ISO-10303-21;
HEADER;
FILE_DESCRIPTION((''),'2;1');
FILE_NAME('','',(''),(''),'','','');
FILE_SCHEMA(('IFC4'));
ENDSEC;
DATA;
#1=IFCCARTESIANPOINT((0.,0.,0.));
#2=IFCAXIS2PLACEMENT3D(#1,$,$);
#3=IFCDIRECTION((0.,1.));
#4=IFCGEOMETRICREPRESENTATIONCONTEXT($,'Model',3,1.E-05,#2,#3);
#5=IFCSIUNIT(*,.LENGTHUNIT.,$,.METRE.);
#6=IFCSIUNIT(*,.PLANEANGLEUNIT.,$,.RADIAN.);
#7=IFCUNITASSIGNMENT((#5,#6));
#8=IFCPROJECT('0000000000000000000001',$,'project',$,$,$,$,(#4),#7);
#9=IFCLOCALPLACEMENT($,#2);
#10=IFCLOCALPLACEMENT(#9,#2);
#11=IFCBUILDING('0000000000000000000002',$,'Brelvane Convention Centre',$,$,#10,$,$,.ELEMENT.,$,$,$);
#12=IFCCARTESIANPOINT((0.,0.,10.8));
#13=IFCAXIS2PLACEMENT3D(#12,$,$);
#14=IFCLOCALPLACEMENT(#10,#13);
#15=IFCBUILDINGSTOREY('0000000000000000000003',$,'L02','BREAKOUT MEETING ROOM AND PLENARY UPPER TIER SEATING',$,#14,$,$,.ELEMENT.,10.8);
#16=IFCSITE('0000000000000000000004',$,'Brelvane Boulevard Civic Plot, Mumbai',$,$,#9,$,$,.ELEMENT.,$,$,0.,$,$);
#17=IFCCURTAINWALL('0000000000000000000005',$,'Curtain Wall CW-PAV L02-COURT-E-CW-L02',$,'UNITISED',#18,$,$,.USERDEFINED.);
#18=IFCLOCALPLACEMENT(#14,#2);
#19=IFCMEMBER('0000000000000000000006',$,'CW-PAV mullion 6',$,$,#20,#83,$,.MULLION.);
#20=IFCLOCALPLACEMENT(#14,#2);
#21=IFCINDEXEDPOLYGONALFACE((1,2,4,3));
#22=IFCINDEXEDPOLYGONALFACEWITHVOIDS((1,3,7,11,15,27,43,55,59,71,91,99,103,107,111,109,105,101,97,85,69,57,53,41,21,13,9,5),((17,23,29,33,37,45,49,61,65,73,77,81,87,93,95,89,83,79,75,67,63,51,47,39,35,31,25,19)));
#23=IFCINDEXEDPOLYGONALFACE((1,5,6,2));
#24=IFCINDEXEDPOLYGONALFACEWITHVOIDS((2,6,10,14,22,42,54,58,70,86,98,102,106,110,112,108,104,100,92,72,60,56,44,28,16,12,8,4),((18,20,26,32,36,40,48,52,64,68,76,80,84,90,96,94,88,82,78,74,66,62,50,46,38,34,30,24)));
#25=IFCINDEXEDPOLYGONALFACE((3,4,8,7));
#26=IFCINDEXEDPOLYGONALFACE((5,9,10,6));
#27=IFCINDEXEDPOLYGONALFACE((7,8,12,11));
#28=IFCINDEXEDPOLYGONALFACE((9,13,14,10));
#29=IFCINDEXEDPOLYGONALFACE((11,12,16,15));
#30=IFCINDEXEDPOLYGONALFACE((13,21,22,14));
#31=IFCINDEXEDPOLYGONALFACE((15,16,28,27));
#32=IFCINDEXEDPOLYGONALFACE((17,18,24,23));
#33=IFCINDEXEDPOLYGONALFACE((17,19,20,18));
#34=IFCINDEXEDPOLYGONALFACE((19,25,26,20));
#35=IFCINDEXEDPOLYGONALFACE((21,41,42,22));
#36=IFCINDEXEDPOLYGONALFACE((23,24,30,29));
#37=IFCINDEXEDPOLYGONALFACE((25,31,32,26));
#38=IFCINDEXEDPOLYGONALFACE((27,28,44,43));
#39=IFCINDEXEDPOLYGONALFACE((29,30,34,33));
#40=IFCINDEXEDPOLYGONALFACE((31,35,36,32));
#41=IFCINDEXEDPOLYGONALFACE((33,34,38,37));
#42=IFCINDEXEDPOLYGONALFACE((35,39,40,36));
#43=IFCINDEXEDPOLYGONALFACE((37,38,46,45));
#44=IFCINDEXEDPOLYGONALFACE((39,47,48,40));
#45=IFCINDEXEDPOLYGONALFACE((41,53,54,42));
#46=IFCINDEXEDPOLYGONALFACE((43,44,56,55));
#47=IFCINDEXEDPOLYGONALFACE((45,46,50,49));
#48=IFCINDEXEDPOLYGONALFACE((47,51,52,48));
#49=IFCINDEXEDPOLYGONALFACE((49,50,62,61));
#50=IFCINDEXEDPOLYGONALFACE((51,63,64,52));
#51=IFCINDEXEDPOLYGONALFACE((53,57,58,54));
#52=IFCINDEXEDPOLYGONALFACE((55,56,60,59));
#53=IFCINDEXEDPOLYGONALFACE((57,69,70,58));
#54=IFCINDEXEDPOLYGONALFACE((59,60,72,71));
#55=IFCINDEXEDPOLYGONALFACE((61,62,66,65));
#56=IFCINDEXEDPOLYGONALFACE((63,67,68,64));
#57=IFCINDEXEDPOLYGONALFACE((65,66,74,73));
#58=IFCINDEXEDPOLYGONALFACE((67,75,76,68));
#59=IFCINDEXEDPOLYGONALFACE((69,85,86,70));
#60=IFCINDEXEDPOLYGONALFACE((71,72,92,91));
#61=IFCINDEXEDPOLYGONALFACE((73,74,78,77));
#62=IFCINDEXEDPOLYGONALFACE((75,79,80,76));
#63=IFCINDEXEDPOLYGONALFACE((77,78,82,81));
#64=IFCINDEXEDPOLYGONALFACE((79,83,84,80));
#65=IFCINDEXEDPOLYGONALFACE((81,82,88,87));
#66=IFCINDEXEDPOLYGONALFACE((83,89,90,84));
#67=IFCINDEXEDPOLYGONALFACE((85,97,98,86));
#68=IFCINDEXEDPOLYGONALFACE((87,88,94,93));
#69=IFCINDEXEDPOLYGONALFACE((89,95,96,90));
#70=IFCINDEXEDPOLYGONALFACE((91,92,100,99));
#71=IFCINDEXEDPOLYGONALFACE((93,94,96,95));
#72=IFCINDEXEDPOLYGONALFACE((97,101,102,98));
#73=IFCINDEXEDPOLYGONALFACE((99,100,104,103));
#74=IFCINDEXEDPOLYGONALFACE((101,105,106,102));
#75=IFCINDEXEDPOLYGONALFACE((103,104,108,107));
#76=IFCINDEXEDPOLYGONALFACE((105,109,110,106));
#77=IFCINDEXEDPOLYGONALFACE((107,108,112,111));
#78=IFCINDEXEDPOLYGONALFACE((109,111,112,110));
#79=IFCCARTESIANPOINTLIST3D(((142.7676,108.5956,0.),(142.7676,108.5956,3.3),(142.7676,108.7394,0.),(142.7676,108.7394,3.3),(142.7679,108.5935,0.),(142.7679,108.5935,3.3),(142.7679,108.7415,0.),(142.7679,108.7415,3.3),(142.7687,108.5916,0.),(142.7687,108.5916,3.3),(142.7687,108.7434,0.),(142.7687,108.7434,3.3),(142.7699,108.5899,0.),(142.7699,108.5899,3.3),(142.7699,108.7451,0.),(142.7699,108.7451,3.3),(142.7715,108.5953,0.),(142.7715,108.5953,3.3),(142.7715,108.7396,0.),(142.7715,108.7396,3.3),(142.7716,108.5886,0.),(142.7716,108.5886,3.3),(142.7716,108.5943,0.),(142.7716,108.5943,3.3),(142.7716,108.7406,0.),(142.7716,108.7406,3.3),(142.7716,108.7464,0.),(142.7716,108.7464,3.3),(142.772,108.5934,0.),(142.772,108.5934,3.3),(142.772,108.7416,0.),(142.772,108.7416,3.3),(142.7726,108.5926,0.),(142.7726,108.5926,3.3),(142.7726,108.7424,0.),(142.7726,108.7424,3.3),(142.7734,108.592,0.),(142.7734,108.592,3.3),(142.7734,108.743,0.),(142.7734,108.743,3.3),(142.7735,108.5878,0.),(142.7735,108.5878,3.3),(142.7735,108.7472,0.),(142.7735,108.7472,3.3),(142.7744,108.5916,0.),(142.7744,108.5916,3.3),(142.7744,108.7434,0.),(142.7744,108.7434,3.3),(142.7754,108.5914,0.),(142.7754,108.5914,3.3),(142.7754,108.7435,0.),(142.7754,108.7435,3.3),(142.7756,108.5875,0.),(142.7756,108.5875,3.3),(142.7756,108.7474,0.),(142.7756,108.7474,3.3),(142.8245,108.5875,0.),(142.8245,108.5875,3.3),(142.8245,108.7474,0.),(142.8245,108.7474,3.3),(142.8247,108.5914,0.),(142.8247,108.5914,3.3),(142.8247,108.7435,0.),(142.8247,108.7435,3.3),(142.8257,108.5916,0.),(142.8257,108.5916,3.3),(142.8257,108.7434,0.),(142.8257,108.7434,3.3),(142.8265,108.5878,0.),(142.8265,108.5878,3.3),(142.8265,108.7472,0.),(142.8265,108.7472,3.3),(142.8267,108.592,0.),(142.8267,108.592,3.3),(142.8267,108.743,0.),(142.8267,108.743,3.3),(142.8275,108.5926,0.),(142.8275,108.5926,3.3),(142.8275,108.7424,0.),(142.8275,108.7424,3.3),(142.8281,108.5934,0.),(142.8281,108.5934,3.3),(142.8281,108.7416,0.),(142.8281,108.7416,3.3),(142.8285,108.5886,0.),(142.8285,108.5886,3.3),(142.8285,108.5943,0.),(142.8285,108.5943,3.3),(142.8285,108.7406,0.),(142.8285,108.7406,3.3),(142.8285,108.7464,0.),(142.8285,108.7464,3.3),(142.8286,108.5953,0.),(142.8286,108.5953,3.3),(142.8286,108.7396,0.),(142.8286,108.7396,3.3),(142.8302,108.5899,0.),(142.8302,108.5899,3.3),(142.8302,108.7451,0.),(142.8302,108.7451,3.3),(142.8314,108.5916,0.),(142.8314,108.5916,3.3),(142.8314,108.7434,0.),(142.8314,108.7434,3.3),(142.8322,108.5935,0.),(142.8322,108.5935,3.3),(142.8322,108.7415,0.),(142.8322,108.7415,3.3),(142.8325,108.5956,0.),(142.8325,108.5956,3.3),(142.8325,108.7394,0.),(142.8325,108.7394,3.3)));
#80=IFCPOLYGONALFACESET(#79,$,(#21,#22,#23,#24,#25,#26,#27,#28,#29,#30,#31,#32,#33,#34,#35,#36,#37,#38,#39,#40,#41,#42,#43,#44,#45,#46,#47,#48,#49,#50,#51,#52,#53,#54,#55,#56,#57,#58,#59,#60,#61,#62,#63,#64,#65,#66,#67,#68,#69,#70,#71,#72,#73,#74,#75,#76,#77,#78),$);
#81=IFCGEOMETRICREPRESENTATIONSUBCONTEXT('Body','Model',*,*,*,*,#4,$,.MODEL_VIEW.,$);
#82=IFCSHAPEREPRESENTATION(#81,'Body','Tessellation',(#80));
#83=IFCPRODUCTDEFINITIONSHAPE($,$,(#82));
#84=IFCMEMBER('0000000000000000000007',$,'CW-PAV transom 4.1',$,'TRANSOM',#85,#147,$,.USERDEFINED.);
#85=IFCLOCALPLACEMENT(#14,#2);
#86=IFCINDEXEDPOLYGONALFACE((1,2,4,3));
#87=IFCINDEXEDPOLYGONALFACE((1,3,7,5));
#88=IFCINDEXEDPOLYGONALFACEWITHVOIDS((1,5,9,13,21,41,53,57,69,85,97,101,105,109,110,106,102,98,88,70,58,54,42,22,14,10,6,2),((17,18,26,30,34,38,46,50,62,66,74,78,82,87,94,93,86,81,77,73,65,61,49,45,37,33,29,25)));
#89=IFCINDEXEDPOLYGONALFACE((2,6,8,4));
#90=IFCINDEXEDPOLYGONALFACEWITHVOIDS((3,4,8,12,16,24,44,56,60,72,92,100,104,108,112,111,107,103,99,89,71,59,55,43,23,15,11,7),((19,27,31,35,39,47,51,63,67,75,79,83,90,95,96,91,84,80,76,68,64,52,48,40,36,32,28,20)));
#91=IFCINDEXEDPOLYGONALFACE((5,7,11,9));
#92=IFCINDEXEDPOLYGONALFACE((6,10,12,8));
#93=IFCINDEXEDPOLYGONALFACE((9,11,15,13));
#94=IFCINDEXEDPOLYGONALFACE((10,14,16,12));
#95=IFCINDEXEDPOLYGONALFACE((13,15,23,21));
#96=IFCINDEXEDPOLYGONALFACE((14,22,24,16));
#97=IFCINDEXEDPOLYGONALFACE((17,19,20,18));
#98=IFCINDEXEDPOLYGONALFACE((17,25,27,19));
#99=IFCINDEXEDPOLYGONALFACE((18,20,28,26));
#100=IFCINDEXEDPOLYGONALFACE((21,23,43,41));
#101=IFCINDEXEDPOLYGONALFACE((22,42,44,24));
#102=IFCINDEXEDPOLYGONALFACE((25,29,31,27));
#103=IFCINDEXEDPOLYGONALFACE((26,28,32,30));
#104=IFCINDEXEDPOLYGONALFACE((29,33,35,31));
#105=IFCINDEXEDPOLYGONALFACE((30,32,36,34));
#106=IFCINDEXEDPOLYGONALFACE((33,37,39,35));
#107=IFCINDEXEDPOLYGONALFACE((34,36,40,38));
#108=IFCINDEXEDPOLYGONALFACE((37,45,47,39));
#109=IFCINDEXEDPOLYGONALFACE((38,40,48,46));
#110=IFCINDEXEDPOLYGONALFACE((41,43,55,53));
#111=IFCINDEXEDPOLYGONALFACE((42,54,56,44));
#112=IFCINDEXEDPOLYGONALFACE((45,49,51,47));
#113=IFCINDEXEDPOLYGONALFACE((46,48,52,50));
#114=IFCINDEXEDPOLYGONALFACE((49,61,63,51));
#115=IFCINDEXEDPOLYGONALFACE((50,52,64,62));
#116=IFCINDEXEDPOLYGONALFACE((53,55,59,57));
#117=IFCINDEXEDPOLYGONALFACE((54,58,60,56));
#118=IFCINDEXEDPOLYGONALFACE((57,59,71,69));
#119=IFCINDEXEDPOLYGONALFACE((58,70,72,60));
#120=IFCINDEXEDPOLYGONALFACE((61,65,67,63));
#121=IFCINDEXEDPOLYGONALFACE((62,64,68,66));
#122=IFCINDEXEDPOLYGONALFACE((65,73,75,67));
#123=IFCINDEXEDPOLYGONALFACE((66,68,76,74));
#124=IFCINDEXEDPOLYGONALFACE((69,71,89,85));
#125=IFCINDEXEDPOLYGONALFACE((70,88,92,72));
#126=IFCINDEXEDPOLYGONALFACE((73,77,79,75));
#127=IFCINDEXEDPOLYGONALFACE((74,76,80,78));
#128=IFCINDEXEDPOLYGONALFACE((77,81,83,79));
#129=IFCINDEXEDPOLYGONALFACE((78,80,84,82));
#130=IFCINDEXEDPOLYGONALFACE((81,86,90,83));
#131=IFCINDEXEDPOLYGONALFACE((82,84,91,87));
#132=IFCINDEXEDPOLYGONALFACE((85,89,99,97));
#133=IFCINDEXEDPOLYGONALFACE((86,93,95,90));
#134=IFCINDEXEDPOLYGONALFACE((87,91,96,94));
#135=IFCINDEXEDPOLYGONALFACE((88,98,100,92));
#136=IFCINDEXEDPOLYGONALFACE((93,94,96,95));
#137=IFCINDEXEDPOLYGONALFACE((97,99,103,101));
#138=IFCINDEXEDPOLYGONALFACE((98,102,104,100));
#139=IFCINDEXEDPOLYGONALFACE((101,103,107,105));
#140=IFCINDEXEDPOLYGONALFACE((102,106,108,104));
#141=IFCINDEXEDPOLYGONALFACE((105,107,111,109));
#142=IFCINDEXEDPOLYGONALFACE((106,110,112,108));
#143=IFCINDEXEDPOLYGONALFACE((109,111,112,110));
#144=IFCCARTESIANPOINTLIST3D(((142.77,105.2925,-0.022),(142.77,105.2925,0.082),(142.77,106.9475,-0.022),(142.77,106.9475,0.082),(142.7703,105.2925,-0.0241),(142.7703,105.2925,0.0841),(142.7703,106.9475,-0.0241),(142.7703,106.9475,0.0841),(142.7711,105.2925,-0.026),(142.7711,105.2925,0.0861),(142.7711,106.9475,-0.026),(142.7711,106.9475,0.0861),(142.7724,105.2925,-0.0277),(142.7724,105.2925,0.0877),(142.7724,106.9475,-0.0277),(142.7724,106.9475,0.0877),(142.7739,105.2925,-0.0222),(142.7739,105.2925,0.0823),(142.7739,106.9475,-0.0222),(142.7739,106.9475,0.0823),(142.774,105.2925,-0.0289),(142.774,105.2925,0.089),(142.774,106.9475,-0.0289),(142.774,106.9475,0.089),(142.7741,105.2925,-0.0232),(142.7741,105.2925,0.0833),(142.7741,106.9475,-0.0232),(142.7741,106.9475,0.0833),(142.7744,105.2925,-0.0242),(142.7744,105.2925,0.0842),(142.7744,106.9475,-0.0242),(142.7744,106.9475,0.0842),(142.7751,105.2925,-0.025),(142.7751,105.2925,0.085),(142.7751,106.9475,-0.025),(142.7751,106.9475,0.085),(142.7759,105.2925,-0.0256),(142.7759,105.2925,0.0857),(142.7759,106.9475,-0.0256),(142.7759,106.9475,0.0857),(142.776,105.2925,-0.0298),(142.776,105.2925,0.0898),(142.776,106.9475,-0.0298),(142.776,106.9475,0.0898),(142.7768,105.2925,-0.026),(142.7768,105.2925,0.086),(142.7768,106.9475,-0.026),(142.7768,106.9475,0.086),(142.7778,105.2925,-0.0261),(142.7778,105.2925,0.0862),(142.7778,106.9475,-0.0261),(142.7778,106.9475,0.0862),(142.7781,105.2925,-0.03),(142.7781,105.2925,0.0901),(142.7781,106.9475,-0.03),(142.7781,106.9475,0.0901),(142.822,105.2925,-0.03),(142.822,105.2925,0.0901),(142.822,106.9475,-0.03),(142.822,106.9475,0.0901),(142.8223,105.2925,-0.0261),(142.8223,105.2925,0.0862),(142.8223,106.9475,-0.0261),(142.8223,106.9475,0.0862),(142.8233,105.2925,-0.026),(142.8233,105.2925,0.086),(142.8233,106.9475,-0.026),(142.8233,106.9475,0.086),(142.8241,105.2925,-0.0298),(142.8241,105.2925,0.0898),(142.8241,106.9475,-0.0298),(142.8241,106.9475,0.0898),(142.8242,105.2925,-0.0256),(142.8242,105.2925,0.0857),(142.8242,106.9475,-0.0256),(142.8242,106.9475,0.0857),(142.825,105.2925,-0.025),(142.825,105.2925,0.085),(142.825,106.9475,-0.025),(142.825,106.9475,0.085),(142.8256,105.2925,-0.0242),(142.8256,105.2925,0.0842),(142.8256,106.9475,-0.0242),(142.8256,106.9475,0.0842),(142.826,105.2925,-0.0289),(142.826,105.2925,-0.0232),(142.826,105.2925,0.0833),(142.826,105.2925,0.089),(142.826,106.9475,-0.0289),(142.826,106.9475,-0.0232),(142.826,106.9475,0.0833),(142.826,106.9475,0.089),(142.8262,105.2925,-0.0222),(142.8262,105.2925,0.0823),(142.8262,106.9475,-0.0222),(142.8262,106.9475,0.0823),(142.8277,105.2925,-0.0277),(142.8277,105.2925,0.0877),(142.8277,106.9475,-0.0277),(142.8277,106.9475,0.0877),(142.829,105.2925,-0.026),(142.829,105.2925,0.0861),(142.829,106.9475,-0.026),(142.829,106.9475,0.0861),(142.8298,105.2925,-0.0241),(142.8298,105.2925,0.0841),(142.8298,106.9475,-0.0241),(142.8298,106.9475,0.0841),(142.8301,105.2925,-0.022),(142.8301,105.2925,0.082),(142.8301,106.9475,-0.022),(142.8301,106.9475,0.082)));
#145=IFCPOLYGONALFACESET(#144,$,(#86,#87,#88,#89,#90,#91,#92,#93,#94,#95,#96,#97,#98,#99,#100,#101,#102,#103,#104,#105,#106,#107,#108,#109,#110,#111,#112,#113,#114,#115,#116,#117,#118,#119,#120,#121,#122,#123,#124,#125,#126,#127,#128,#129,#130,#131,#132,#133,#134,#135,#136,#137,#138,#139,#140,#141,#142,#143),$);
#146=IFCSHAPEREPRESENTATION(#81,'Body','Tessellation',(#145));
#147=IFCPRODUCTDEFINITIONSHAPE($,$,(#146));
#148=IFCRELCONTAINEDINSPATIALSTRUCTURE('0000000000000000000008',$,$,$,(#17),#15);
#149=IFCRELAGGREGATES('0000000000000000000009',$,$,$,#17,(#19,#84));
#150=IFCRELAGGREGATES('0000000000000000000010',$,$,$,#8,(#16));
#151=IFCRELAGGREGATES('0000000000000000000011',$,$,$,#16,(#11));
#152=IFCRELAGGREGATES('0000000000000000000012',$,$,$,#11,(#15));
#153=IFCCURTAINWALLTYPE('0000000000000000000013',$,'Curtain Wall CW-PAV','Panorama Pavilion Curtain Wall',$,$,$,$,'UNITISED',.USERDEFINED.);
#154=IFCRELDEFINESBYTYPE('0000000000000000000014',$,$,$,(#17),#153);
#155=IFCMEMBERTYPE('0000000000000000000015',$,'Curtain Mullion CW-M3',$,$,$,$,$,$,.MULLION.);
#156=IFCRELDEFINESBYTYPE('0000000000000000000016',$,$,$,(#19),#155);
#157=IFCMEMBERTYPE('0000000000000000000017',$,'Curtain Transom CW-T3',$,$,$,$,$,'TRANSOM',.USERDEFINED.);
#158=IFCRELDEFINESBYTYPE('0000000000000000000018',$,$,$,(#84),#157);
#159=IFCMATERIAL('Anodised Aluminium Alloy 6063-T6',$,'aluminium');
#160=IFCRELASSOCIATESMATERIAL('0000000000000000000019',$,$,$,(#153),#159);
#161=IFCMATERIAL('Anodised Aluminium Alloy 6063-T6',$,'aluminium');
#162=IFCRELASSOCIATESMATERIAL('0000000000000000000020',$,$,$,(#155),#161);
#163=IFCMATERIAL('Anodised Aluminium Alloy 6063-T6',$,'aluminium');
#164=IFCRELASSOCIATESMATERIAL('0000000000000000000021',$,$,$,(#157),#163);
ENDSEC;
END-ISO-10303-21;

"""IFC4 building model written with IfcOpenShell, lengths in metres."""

from ifc_helpers import new_model, si_unit, direction, frame, origin, origin_2d, place, context, subcontext, project, spatial, hollow_rectangle, extrude, material, material_profile, profile_set, type_object, element, aggregate, save


model = new_model("IFC4")

# Units and contexts
model_context = context("Model", 3, precision=1e-05, world=origin(), true_north=direction((0.0, 1.0)))
body_context = subcontext(model_context, "Body", "Model", "MODEL_VIEW")
ifc_project = project(units=[si_unit("LENGTHUNIT", "METRE"), si_unit("PLANEANGLEUNIT", "RADIAN")], contexts=[model_context])

# Site, building, storey
site_placement = place(None, origin())
site = spatial("IfcSite", under=ifc_project, at=site_placement, Name="Brelvane Boulevard Civic Plot, Mumbai", CompositionType="ELEMENT", RefElevation=0.0)
building_placement = place(site_placement, origin())
building = spatial("IfcBuilding", under=site, at=building_placement, Name="Brelvane Convention Centre", CompositionType="ELEMENT")
storey_placement = place(building_placement, frame((0.0, 0.0, 10.8)))
storey = spatial("IfcBuildingStorey", under=building, at=storey_placement, Name="L02", Description="BREAKOUT MEETING ROOM AND PLENARY UPPER TIER SEATING", CompositionType="ELEMENT", Elevation=10.8)

# Curtain wall, members
ifc_material_1 = material(Name="Anodised Aluminium Alloy 6063-T6", Category="aluminium")
curtain_wall_type = type_object("IfcCurtainWallType", Name="Curtain Wall CW-PAV", Description="Panorama Pavilion Curtain Wall", ElementType="UNITISED", PredefinedType="USERDEFINED", material=ifc_material_1)
curtain_wall_placement = place(storey_placement, origin())
curtain_wall = element("IfcCurtainWall", 1, at=curtain_wall_placement, inside=storey, type_object=curtain_wall_type, Name="Curtain Wall CW-PAV L02-COURT-E-CW-L02", ObjectType="UNITISED", PredefinedType="USERDEFINED")
ifc_material_2 = material(Name="Anodised Aluminium Alloy 6063-T6", Category="aluminium")
ifc_material_profile_1 = material_profile(ifc_material_2, hollow_rectangle(XDim=0.0649, YDim=0.1599, WallThickness=0.0039, InnerFilletRadius=0.0039, OuterFilletRadius=0.0081, at=origin_2d()), Name="ALU-M 160x65x4.0")
ifc_profile_set_1 = profile_set([ifc_material_profile_1], Name="Anodised Aluminium Alloy 6063-T6")
member_type_1 = type_object("IfcMemberType", Name="Curtain Mullion CW-M3", PredefinedType="MULLION", material=ifc_profile_set_1)
member_1_placement = place(storey_placement, frame((142.8, 108.6675, 0.0), z_axis=(0.0, 0.0, 1.0), x_axis=(-1.0, 0.0, 0.0)))
member_1 = element("IfcMember", 2, at=member_1_placement, type_object=member_type_1, Name="CW-PAV mullion 6", PredefinedType="MULLION", context=body_context, shape_type="SweptSolid", body=[
    extrude(hollow_rectangle(XDim=0.0649, YDim=0.1599, WallThickness=0.0039, InnerFilletRadius=0.0039, OuterFilletRadius=0.0081, at=origin_2d()), origin(), (0.0, 0.0, 1.0), 3.3),
])
ifc_material_3 = material(Name="Anodised Aluminium Alloy 6063-T6", Category="aluminium")
ifc_material_profile_2 = material_profile(ifc_material_3, hollow_rectangle(XDim=0.0601, YDim=0.1201, WallThickness=0.0039, InnerFilletRadius=0.0039, OuterFilletRadius=0.0081, at=origin_2d()), Name="ALU-T 120x60x4.0")
ifc_profile_set_2 = profile_set([ifc_material_profile_2], Name="Anodised Aluminium Alloy 6063-T6")
member_type_2 = type_object("IfcMemberType", Name="Curtain Transom CW-T3", ElementType="TRANSOM", PredefinedType="USERDEFINED", material=ifc_profile_set_2)
member_2_placement = place(storey_placement, frame((142.8, 105.2925, 0.03), z_axis=(0.0, 1.0, 0.0), x_axis=(-1.0, 0.0, 0.0)))
member_2 = element("IfcMember", 3, at=member_2_placement, type_object=member_type_2, Name="CW-PAV transom 4.1", ObjectType="TRANSOM", PredefinedType="USERDEFINED", context=body_context, shape_type="SweptSolid", body=[
    extrude(hollow_rectangle(XDim=0.0601, YDim=0.1201, WallThickness=0.0039, InnerFilletRadius=0.0039, OuterFilletRadius=0.0081, at=origin_2d()), origin(), (0.0, 0.0, 1.0), 1.655),
])

aggregate(curtain_wall, [member_1, member_2])

save(model, "model.ifc")
